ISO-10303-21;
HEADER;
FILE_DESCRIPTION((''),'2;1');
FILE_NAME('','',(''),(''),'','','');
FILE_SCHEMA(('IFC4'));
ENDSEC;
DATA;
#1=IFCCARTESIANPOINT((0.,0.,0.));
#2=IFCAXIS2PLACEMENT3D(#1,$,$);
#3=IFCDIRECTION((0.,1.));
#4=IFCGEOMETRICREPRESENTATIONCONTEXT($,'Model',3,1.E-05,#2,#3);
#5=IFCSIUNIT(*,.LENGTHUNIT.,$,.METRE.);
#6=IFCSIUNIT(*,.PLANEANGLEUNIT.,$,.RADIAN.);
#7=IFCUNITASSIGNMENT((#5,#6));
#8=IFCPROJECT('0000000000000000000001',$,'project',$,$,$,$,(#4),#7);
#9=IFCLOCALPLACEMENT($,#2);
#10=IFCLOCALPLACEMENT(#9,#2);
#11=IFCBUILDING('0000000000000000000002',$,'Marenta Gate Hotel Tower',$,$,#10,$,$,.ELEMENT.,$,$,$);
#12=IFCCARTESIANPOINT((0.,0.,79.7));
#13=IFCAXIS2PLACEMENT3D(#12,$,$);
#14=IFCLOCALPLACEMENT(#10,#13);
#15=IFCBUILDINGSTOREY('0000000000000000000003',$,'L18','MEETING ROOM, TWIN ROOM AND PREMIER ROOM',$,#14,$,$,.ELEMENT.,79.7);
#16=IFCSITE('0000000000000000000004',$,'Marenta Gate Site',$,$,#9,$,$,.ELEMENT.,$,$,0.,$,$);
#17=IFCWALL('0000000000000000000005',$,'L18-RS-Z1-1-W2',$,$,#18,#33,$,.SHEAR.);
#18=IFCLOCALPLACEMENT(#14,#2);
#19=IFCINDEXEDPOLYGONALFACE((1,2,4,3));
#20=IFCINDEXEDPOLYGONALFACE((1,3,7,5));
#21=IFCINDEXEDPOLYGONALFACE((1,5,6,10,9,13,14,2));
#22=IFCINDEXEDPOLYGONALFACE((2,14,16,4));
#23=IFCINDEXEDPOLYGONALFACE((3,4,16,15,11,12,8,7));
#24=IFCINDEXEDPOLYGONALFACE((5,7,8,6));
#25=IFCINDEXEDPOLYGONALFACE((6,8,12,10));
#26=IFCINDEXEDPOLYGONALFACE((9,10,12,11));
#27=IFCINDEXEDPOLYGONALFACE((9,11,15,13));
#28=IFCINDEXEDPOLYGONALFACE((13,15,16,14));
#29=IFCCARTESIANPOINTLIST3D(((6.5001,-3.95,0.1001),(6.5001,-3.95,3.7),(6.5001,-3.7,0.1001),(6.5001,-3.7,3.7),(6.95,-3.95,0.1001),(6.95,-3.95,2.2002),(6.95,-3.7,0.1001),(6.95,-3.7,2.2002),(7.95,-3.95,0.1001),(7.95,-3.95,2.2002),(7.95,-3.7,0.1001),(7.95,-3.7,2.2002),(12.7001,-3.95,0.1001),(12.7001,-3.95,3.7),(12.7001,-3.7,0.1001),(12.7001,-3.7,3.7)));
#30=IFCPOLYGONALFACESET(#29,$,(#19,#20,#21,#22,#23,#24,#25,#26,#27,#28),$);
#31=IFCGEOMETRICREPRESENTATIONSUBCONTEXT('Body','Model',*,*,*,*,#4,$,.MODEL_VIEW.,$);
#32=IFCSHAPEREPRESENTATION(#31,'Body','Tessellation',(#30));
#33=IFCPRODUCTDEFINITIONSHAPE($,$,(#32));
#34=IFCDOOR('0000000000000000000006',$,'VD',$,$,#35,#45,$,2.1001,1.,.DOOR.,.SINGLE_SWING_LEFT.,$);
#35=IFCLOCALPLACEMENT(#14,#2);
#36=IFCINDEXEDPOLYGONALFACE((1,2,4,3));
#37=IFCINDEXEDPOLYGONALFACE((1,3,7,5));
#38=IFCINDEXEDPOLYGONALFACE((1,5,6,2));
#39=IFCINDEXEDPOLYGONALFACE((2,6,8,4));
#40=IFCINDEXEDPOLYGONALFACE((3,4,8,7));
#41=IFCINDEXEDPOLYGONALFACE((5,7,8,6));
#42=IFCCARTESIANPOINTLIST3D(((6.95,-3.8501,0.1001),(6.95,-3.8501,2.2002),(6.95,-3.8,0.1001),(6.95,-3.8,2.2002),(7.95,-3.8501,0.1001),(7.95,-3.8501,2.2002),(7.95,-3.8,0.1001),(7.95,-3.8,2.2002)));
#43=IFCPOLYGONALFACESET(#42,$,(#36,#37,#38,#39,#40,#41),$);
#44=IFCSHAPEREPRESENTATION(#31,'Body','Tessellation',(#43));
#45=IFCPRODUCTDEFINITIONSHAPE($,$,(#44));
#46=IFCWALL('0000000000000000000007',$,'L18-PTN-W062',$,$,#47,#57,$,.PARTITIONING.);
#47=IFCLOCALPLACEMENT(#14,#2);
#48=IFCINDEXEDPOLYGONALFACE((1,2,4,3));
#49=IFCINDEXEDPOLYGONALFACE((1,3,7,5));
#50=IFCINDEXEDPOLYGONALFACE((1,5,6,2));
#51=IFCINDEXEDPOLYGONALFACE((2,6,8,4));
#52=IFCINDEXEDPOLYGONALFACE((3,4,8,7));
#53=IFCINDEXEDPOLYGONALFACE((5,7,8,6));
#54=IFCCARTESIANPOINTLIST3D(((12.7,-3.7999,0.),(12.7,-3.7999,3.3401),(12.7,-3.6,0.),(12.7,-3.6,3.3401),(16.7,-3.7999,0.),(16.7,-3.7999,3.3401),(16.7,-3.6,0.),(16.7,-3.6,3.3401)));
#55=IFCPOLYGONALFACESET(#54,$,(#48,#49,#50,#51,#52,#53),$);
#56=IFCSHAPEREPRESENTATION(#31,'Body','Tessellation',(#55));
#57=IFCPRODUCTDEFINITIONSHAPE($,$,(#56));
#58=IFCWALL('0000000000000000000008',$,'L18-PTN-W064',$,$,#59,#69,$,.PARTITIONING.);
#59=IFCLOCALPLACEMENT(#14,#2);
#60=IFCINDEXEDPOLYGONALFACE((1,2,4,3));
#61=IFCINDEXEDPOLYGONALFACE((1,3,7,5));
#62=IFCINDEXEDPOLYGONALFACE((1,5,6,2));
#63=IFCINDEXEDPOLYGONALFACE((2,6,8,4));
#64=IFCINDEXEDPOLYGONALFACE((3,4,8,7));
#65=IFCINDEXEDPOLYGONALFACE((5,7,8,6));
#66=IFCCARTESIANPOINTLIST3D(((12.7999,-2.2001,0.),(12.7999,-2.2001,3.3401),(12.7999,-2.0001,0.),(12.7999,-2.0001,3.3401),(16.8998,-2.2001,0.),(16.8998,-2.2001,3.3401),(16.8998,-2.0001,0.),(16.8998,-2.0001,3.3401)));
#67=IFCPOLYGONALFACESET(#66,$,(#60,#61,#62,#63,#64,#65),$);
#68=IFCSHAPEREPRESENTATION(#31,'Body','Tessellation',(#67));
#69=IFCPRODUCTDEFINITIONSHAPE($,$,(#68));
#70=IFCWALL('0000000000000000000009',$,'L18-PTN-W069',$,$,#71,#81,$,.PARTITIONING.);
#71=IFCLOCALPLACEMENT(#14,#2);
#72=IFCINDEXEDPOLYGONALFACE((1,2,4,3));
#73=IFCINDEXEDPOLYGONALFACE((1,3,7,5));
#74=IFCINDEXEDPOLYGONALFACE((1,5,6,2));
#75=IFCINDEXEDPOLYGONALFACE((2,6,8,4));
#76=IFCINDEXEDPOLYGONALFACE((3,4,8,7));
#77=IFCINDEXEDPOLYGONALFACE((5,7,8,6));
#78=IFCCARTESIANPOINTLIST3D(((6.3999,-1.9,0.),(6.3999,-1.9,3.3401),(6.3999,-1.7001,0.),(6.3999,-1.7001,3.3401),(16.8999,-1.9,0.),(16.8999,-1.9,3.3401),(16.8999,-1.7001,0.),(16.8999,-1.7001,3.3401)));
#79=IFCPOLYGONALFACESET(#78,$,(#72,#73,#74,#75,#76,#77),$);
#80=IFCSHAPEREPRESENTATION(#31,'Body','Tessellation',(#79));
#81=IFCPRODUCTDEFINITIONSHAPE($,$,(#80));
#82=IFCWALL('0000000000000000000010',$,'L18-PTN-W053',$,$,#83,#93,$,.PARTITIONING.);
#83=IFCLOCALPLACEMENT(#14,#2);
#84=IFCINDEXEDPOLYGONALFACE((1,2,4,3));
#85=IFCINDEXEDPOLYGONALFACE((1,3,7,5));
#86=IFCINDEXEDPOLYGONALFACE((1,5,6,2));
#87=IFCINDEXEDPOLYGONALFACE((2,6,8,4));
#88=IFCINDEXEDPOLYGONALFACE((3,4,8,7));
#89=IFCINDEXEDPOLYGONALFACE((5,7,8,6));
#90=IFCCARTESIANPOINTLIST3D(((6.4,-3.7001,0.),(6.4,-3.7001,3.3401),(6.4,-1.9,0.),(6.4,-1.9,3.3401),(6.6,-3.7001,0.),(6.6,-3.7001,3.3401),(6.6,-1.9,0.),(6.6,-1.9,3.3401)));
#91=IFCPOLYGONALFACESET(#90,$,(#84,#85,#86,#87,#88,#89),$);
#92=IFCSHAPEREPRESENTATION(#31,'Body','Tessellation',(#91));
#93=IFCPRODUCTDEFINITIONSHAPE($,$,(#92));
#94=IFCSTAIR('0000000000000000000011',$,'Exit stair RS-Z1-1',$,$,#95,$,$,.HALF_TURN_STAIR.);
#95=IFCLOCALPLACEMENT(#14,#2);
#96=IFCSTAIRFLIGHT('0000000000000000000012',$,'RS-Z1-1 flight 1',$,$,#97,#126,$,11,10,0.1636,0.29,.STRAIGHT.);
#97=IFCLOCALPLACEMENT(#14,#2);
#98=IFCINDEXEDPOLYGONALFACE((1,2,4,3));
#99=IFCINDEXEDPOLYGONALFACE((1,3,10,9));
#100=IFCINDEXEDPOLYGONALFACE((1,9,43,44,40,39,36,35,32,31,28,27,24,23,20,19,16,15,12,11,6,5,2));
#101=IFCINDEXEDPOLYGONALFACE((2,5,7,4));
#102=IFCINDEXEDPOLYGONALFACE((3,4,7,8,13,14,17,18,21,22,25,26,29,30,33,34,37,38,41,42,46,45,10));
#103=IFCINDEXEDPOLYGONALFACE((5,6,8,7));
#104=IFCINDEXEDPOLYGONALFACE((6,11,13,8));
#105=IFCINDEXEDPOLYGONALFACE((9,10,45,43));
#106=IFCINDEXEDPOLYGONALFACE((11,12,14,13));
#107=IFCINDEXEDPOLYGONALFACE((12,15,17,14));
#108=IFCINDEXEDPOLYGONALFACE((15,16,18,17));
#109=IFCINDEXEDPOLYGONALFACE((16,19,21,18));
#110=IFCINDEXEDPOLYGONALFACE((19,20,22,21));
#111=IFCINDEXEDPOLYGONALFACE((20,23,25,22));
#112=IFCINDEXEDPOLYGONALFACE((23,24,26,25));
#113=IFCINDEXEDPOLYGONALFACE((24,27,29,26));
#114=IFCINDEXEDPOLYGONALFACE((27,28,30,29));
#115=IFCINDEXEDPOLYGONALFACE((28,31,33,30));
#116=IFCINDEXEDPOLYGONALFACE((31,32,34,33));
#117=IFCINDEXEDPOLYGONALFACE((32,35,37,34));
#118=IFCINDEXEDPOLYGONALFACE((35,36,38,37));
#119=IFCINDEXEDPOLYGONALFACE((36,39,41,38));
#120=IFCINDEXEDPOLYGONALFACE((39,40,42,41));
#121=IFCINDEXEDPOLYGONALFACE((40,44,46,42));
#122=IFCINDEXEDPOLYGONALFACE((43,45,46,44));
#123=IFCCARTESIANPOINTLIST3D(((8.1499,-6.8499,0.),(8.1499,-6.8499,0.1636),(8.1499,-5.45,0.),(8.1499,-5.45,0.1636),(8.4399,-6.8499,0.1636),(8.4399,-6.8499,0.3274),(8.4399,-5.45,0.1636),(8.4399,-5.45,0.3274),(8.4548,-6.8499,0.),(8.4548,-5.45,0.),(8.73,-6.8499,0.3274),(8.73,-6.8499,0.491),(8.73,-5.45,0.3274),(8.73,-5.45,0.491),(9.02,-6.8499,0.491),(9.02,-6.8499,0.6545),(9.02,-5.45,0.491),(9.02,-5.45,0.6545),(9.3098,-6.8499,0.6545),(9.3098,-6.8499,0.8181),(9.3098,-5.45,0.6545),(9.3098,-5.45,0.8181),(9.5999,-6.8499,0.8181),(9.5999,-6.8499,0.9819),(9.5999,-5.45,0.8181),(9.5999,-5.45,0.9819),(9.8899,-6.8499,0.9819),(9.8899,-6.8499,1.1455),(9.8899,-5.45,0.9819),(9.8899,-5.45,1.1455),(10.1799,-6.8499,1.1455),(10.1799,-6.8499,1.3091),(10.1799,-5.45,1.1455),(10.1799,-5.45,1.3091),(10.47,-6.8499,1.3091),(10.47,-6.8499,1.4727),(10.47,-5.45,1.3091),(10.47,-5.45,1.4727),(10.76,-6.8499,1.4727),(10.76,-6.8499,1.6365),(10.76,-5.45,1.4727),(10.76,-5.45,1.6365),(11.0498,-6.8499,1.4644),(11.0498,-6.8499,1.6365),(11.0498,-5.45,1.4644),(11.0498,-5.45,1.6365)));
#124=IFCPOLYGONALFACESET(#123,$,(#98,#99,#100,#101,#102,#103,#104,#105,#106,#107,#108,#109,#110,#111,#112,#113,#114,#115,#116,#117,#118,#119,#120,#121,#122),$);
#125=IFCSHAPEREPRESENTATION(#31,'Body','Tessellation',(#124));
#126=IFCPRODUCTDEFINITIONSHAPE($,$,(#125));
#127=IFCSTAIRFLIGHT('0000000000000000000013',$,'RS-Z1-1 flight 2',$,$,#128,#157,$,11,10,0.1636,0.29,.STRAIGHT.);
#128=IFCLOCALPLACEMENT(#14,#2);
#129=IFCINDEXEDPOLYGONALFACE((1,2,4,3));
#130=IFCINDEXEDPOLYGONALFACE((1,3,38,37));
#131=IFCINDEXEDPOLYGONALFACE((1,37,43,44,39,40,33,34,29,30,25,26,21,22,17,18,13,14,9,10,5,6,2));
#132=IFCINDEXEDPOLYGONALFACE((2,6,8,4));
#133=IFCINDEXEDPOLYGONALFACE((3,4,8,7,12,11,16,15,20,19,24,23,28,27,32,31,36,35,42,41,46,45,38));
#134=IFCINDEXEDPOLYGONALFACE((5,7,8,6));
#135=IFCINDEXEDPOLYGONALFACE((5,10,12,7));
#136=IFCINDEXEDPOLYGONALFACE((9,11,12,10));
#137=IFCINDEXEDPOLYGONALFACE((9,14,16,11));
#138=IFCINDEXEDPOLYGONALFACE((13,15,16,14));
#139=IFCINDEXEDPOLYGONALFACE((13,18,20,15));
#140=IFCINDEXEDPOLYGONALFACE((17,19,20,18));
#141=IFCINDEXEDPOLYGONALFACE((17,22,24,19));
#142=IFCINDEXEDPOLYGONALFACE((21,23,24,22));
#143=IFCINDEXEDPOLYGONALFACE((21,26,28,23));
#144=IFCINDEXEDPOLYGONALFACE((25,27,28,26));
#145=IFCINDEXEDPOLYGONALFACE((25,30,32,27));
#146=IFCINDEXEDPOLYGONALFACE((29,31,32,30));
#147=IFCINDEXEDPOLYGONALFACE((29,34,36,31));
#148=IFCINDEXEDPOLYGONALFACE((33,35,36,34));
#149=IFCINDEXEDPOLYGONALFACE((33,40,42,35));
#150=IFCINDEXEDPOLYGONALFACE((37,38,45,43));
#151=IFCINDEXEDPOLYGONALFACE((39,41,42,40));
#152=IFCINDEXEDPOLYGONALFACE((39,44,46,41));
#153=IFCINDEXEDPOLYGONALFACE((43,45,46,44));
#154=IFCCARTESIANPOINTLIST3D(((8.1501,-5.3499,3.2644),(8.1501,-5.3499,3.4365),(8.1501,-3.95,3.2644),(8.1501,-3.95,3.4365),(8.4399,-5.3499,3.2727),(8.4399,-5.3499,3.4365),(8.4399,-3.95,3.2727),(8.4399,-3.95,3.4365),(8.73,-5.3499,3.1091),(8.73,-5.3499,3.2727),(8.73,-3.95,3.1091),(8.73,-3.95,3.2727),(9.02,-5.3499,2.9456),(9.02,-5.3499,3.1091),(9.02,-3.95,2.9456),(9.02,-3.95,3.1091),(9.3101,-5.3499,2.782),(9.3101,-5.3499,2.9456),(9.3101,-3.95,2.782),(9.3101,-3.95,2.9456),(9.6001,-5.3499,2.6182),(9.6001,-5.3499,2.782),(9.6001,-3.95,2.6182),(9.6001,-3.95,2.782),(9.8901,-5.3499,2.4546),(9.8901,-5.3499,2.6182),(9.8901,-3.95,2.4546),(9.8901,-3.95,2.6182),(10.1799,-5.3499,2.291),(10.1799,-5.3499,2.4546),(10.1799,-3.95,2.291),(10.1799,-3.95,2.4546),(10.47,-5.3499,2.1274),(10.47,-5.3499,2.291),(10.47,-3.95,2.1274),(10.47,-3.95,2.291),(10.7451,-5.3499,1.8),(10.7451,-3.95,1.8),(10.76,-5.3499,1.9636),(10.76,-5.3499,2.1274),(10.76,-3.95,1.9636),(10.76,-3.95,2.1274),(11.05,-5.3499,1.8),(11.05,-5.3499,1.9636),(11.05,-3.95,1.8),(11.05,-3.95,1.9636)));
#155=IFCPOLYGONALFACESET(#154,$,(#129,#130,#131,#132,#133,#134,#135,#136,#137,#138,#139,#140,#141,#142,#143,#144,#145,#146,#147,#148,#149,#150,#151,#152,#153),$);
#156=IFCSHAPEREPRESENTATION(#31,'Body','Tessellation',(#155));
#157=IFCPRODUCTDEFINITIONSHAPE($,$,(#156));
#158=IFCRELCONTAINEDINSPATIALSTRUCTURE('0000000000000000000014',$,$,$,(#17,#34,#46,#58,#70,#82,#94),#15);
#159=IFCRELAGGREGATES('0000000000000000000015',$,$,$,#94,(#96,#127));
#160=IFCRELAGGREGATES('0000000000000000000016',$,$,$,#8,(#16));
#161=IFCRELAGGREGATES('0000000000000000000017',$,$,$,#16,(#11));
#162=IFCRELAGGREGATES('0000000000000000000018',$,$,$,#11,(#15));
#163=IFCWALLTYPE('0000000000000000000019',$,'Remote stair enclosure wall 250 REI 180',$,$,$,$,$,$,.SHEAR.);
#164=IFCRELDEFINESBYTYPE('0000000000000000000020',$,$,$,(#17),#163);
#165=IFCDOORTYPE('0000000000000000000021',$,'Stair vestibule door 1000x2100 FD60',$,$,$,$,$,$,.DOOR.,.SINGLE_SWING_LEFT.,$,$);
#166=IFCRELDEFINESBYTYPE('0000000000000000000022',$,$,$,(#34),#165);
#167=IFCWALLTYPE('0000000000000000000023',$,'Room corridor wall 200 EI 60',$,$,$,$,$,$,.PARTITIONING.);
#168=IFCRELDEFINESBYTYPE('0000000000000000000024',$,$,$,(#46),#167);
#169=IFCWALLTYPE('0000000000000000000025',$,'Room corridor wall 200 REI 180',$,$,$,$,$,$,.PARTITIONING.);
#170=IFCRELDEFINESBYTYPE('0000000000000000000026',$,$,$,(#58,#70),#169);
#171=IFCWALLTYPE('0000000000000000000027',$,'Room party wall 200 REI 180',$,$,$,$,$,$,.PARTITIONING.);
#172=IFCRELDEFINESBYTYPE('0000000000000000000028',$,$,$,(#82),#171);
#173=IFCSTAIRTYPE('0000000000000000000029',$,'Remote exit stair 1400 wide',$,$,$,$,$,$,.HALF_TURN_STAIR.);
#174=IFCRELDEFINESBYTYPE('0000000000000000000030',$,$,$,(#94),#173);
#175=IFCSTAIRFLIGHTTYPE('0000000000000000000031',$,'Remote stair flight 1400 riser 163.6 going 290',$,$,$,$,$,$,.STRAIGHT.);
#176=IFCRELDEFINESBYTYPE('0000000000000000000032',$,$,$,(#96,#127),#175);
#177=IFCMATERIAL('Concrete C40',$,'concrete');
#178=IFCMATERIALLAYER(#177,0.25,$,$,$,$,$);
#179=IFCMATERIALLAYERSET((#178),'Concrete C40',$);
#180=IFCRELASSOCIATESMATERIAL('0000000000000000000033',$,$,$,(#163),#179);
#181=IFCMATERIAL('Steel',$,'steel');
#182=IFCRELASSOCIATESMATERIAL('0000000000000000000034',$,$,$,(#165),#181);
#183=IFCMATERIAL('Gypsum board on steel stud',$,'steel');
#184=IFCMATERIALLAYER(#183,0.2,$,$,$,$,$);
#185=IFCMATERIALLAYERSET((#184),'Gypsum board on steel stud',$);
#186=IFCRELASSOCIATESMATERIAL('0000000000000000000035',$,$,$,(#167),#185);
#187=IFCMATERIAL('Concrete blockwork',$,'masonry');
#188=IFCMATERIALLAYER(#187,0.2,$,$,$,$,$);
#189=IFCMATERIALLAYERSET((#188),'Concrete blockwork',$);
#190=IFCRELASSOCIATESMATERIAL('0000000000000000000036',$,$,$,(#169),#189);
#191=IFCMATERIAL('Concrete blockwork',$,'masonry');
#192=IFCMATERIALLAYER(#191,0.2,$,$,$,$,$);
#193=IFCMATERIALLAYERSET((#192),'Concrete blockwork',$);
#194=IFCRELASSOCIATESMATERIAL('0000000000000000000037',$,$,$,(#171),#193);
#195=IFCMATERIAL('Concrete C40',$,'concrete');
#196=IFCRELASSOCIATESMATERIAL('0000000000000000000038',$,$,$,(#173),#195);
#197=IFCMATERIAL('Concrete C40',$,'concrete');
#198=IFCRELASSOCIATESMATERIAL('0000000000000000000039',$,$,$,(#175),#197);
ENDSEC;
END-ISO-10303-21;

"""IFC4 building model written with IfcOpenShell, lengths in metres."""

from ifc_helpers import new_model, si_unit, direction, frame, frame_2d, origin, place, context, subcontext, project, spatial, polyline, rectangle, outline, extrude, material, layer, layer_set, type_object, element, fill, aggregate, save


model = new_model("IFC4")

# Units and contexts
model_context = context("Model", 3, precision=1e-05, world=origin(), true_north=direction((0.0, 1.0)))
body_context = subcontext(model_context, "Body", "Model", "MODEL_VIEW")
ifc_project = project(units=[si_unit("LENGTHUNIT", "METRE"), si_unit("PLANEANGLEUNIT", "RADIAN")], contexts=[model_context])

# Site, building, storey
site_placement = place(None, origin())
site = spatial("IfcSite", under=ifc_project, at=site_placement, Name="Marenta Gate Site", CompositionType="ELEMENT", RefElevation=0.0)
building_placement = place(site_placement, origin())
building = spatial("IfcBuilding", under=site, at=building_placement, Name="Marenta Gate Hotel Tower", CompositionType="ELEMENT")
storey_placement = place(building_placement, frame((0.0, 0.0, 79.7)))
storey = spatial("IfcBuildingStorey", under=building, at=storey_placement, Name="L18", Description="MEETING ROOM, TWIN ROOM AND PREMIER ROOM", CompositionType="ELEMENT", Elevation=79.7)

# Wall, opening, door
ifc_material_1 = material(Name="Concrete C40", Category="concrete")
ifc_layer_1 = layer(ifc_material_1, 0.25)
ifc_layer_set_1 = layer_set([ifc_layer_1], Name="Concrete C40")
wall_type_1 = type_object("IfcWallType", Name="Remote stair enclosure wall 250 REI 180", PredefinedType="SHEAR", material=ifc_layer_set_1)
wall_1_placement = place(storey_placement, frame((6.5, -3.825, 0.1001), z_axis=(0.0, 0.0, 1.0), x_axis=(1.0, 0.0, 0.0)))
wall_1 = element("IfcWall", 1, at=wall_1_placement, inside=storey, type_object=wall_type_1, Name="L18-RS-Z1-1-W2", PredefinedType="SHEAR", context=body_context, shape_type="SweptSolid", body=[
    extrude(rectangle(XDim=6.2, YDim=0.25, at=frame_2d((3.1001, 0.0))), origin(), (0.0, 0.0, 1.0), 3.5999),
])
opening_1_placement = place(wall_1_placement, frame((0.45, 0.0, 0.0)))
opening_1 = element("IfcOpeningElement", 2, at=opening_1_placement, cuts=wall_1, PredefinedType="OPENING", context=body_context, shape_type="SweptSolid", body=[
    extrude(rectangle(XDim=1.0, YDim=2.1001, at=frame_2d((0.5, 1.05))), frame((0.0, 0.125, 0.0), z_axis=(0.0, -1.0, 0.0), x_axis=(1.0, 0.0, 0.0)), (0.0, 0.0, 1.0), 0.25),
])
ifc_material_2 = material(Name="Steel", Category="steel")
door_type_1 = type_object("IfcDoorType", Name="Stair vestibule door 1000x2100 FD60", OperationType="SINGLE_SWING_LEFT", PredefinedType="DOOR", material=ifc_material_2)
door_1_placement = place(opening_1_placement, origin())
door_1 = element("IfcDoor", 3, at=door_1_placement, inside=storey, type_object=door_type_1, Name="VD", OperationType="SINGLE_SWING_LEFT", OverallHeight=2.1001, OverallWidth=1.0, PredefinedType="DOOR", context=body_context, shape_type="SweptSolid", body=[
    extrude(rectangle(XDim=1.0, YDim=2.1001, at=frame_2d((0.5, 1.05))), frame((0.0, 0.0249, 0.0), z_axis=(0.0, -1.0, 0.0), x_axis=(1.0, 0.0, 0.0)), (0.0, 0.0, 1.0), 0.05),
])
fill(opening_1, door_1)

# Wall
ifc_material_3 = material(Name="Gypsum board on steel stud", Category="steel")
ifc_layer_2 = layer(ifc_material_3, 0.2)
ifc_layer_set_2 = layer_set([ifc_layer_2], Name="Gypsum board on steel stud")
wall_type_2 = type_object("IfcWallType", Name="Room corridor wall 200 EI 60", PredefinedType="PARTITIONING", material=ifc_layer_set_2)
wall_2_placement = place(storey_placement, frame((12.7, -3.7, 0.0), z_axis=(0.0, 0.0, 1.0), x_axis=(1.0, 0.0, 0.0)))
element("IfcWall", 4, at=wall_2_placement, inside=storey, type_object=wall_type_2, Name="L18-PTN-W062", PredefinedType="PARTITIONING", context=body_context, shape_type="SweptSolid", body=[
    extrude(rectangle(XDim=4.0, YDim=0.2, at=frame_2d((2.0, 0.0))), origin(), (0.0, 0.0, 1.0), 3.3401),
])

# Shared definitions
ifc_material_4 = material(Name="Concrete blockwork", Category="masonry")
ifc_layer_3 = layer(ifc_material_4, 0.2)
ifc_layer_set_3 = layer_set([ifc_layer_3], Name="Concrete blockwork")
wall_type_3 = type_object("IfcWallType", Name="Room corridor wall 200 REI 180", PredefinedType="PARTITIONING", material=ifc_layer_set_3)

# Walls
wall_3_placement = place(storey_placement, frame((12.8, -2.1001, 0.0), z_axis=(0.0, 0.0, 1.0), x_axis=(1.0, 0.0, 0.0)))
element("IfcWall", 5, at=wall_3_placement, inside=storey, type_object=wall_type_3, Name="L18-PTN-W064", PredefinedType="PARTITIONING", context=body_context, shape_type="SweptSolid", body=[
    extrude(rectangle(XDim=4.0999, YDim=0.2, at=frame_2d((2.0498, 0.0))), origin(), (0.0, 0.0, 1.0), 3.3401),
])
wall_4_placement = place(storey_placement, frame((6.3999, -1.8, 0.0), z_axis=(0.0, 0.0, 1.0), x_axis=(1.0, 0.0, 0.0)))
element("IfcWall", 6, at=wall_4_placement, inside=storey, type_object=wall_type_3, Name="L18-PTN-W069", PredefinedType="PARTITIONING", context=body_context, shape_type="SweptSolid", body=[
    extrude(rectangle(XDim=10.5, YDim=0.2, at=frame_2d((5.25, 0.0))), origin(), (0.0, 0.0, 1.0), 3.3401),
])
ifc_material_5 = material(Name="Concrete blockwork", Category="masonry")
ifc_layer_4 = layer(ifc_material_5, 0.2)
ifc_layer_set_4 = layer_set([ifc_layer_4], Name="Concrete blockwork")
wall_type_4 = type_object("IfcWallType", Name="Room party wall 200 REI 180", PredefinedType="PARTITIONING", material=ifc_layer_set_4)
wall_5_placement = place(storey_placement, frame((6.5, -3.7, 0.0), z_axis=(0.0, 0.0, 1.0), x_axis=(0.0, 1.0, 0.0)))
element("IfcWall", 7, at=wall_5_placement, inside=storey, type_object=wall_type_4, Name="L18-PTN-W053", PredefinedType="PARTITIONING", context=body_context, shape_type="SweptSolid", body=[
    extrude(rectangle(XDim=1.8, YDim=0.2, at=frame_2d((0.8999, 0.0))), origin(), (0.0, 0.0, 1.0), 3.3401),
])

# Stair, stair flights
ifc_material_6 = material(Name="Concrete C40", Category="concrete")
stair_type = type_object("IfcStairType", Name="Remote exit stair 1400 wide", PredefinedType="HALF_TURN_STAIR", material=ifc_material_6)
stair_placement = place(storey_placement, origin())
stair = element("IfcStair", 8, at=stair_placement, inside=storey, type_object=stair_type, Name="Exit stair RS-Z1-1", PredefinedType="HALF_TURN_STAIR")
ifc_material_7 = material(Name="Concrete C40", Category="concrete")
stair_flight_type = type_object("IfcStairFlightType", Name="Remote stair flight 1400 riser 163.6 going 290", PredefinedType="STRAIGHT", material=ifc_material_7)
stair_flight_1_placement = place(storey_placement, frame((8.1499, -6.1499, 0.0), z_axis=(0.0, 0.0, 1.0), x_axis=(1.0, 0.0, 0.0)))
stair_flight_1 = element("IfcStairFlight", 9, at=stair_flight_1_placement, type_object=stair_flight_type, Name="RS-Z1-1 flight 1", NumberOfRisers=11, NumberOfTreads=10, PredefinedType="STRAIGHT", RiserHeight=0.1636, TreadLength=0.29, context=body_context, shape_type="SweptSolid", body=[
    extrude(outline(polyline([(0.0, 0.0), (0.0, 0.1636), (0.29, 0.1636), (0.29, 0.3274), (0.5801, 0.3274), (0.5801, 0.491), (0.8701, 0.491), (0.8701, 0.6545), (1.1599, 0.6545), (1.1599, 0.8181), (1.45, 0.8181), (1.45, 0.9819), (1.74, 0.9819), (1.74, 1.1455), (2.03, 1.1455), (2.03, 1.3091), (2.3201, 1.3091), (2.3201, 1.4727), (2.6101, 1.4727), (2.6101, 1.6365), (2.8999, 1.6365), (2.8999, 1.8), (2.8999, 1.4644), (0.3049, 0.0), (0.0, 0.0)])), frame((0.0, 0.7, 0.0), z_axis=(0.0, -1.0, 0.0), x_axis=(1.0, 0.0, 0.0)), (0.0, 0.0, 1.0), 1.3999),
])
stair_flight_2_placement = place(storey_placement, frame((11.05, -4.6499, 1.8), z_axis=(0.0, 0.0, 1.0), x_axis=(-1.0, 0.0, 0.0)))
stair_flight_2 = element("IfcStairFlight", 10, at=stair_flight_2_placement, type_object=stair_flight_type, Name="RS-Z1-1 flight 2", NumberOfRisers=11, NumberOfTreads=10, PredefinedType="STRAIGHT", RiserHeight=0.1636, TreadLength=0.29, context=body_context, shape_type="SweptSolid", body=[
    extrude(outline(polyline([(0.0, 0.0), (0.0, 0.1636), (0.29, 0.1636), (0.29, 0.3274), (0.5801, 0.3274), (0.5801, 0.491), (0.8701, 0.491), (0.8701, 0.6545), (1.1599, 0.6545), (1.1599, 0.8181), (1.45, 0.8181), (1.45, 0.9819), (1.74, 0.9819), (1.74, 1.1455), (2.03, 1.1455), (2.03, 1.3091), (2.3201, 1.3091), (2.3201, 1.4727), (2.6101, 1.4727), (2.6101, 1.6365), (2.8999, 1.6365), (2.8999, 1.8), (2.8999, 1.4644), (0.3049, 0.0), (0.0, 0.0)])), frame((0.0, 0.7, 0.0), z_axis=(0.0, -1.0, 0.0), x_axis=(1.0, 0.0, 0.0)), (0.0, 0.0, 1.0), 1.3999),
])
aggregate(stair, [stair_flight_1, stair_flight_2])

save(model, "model.ifc")
